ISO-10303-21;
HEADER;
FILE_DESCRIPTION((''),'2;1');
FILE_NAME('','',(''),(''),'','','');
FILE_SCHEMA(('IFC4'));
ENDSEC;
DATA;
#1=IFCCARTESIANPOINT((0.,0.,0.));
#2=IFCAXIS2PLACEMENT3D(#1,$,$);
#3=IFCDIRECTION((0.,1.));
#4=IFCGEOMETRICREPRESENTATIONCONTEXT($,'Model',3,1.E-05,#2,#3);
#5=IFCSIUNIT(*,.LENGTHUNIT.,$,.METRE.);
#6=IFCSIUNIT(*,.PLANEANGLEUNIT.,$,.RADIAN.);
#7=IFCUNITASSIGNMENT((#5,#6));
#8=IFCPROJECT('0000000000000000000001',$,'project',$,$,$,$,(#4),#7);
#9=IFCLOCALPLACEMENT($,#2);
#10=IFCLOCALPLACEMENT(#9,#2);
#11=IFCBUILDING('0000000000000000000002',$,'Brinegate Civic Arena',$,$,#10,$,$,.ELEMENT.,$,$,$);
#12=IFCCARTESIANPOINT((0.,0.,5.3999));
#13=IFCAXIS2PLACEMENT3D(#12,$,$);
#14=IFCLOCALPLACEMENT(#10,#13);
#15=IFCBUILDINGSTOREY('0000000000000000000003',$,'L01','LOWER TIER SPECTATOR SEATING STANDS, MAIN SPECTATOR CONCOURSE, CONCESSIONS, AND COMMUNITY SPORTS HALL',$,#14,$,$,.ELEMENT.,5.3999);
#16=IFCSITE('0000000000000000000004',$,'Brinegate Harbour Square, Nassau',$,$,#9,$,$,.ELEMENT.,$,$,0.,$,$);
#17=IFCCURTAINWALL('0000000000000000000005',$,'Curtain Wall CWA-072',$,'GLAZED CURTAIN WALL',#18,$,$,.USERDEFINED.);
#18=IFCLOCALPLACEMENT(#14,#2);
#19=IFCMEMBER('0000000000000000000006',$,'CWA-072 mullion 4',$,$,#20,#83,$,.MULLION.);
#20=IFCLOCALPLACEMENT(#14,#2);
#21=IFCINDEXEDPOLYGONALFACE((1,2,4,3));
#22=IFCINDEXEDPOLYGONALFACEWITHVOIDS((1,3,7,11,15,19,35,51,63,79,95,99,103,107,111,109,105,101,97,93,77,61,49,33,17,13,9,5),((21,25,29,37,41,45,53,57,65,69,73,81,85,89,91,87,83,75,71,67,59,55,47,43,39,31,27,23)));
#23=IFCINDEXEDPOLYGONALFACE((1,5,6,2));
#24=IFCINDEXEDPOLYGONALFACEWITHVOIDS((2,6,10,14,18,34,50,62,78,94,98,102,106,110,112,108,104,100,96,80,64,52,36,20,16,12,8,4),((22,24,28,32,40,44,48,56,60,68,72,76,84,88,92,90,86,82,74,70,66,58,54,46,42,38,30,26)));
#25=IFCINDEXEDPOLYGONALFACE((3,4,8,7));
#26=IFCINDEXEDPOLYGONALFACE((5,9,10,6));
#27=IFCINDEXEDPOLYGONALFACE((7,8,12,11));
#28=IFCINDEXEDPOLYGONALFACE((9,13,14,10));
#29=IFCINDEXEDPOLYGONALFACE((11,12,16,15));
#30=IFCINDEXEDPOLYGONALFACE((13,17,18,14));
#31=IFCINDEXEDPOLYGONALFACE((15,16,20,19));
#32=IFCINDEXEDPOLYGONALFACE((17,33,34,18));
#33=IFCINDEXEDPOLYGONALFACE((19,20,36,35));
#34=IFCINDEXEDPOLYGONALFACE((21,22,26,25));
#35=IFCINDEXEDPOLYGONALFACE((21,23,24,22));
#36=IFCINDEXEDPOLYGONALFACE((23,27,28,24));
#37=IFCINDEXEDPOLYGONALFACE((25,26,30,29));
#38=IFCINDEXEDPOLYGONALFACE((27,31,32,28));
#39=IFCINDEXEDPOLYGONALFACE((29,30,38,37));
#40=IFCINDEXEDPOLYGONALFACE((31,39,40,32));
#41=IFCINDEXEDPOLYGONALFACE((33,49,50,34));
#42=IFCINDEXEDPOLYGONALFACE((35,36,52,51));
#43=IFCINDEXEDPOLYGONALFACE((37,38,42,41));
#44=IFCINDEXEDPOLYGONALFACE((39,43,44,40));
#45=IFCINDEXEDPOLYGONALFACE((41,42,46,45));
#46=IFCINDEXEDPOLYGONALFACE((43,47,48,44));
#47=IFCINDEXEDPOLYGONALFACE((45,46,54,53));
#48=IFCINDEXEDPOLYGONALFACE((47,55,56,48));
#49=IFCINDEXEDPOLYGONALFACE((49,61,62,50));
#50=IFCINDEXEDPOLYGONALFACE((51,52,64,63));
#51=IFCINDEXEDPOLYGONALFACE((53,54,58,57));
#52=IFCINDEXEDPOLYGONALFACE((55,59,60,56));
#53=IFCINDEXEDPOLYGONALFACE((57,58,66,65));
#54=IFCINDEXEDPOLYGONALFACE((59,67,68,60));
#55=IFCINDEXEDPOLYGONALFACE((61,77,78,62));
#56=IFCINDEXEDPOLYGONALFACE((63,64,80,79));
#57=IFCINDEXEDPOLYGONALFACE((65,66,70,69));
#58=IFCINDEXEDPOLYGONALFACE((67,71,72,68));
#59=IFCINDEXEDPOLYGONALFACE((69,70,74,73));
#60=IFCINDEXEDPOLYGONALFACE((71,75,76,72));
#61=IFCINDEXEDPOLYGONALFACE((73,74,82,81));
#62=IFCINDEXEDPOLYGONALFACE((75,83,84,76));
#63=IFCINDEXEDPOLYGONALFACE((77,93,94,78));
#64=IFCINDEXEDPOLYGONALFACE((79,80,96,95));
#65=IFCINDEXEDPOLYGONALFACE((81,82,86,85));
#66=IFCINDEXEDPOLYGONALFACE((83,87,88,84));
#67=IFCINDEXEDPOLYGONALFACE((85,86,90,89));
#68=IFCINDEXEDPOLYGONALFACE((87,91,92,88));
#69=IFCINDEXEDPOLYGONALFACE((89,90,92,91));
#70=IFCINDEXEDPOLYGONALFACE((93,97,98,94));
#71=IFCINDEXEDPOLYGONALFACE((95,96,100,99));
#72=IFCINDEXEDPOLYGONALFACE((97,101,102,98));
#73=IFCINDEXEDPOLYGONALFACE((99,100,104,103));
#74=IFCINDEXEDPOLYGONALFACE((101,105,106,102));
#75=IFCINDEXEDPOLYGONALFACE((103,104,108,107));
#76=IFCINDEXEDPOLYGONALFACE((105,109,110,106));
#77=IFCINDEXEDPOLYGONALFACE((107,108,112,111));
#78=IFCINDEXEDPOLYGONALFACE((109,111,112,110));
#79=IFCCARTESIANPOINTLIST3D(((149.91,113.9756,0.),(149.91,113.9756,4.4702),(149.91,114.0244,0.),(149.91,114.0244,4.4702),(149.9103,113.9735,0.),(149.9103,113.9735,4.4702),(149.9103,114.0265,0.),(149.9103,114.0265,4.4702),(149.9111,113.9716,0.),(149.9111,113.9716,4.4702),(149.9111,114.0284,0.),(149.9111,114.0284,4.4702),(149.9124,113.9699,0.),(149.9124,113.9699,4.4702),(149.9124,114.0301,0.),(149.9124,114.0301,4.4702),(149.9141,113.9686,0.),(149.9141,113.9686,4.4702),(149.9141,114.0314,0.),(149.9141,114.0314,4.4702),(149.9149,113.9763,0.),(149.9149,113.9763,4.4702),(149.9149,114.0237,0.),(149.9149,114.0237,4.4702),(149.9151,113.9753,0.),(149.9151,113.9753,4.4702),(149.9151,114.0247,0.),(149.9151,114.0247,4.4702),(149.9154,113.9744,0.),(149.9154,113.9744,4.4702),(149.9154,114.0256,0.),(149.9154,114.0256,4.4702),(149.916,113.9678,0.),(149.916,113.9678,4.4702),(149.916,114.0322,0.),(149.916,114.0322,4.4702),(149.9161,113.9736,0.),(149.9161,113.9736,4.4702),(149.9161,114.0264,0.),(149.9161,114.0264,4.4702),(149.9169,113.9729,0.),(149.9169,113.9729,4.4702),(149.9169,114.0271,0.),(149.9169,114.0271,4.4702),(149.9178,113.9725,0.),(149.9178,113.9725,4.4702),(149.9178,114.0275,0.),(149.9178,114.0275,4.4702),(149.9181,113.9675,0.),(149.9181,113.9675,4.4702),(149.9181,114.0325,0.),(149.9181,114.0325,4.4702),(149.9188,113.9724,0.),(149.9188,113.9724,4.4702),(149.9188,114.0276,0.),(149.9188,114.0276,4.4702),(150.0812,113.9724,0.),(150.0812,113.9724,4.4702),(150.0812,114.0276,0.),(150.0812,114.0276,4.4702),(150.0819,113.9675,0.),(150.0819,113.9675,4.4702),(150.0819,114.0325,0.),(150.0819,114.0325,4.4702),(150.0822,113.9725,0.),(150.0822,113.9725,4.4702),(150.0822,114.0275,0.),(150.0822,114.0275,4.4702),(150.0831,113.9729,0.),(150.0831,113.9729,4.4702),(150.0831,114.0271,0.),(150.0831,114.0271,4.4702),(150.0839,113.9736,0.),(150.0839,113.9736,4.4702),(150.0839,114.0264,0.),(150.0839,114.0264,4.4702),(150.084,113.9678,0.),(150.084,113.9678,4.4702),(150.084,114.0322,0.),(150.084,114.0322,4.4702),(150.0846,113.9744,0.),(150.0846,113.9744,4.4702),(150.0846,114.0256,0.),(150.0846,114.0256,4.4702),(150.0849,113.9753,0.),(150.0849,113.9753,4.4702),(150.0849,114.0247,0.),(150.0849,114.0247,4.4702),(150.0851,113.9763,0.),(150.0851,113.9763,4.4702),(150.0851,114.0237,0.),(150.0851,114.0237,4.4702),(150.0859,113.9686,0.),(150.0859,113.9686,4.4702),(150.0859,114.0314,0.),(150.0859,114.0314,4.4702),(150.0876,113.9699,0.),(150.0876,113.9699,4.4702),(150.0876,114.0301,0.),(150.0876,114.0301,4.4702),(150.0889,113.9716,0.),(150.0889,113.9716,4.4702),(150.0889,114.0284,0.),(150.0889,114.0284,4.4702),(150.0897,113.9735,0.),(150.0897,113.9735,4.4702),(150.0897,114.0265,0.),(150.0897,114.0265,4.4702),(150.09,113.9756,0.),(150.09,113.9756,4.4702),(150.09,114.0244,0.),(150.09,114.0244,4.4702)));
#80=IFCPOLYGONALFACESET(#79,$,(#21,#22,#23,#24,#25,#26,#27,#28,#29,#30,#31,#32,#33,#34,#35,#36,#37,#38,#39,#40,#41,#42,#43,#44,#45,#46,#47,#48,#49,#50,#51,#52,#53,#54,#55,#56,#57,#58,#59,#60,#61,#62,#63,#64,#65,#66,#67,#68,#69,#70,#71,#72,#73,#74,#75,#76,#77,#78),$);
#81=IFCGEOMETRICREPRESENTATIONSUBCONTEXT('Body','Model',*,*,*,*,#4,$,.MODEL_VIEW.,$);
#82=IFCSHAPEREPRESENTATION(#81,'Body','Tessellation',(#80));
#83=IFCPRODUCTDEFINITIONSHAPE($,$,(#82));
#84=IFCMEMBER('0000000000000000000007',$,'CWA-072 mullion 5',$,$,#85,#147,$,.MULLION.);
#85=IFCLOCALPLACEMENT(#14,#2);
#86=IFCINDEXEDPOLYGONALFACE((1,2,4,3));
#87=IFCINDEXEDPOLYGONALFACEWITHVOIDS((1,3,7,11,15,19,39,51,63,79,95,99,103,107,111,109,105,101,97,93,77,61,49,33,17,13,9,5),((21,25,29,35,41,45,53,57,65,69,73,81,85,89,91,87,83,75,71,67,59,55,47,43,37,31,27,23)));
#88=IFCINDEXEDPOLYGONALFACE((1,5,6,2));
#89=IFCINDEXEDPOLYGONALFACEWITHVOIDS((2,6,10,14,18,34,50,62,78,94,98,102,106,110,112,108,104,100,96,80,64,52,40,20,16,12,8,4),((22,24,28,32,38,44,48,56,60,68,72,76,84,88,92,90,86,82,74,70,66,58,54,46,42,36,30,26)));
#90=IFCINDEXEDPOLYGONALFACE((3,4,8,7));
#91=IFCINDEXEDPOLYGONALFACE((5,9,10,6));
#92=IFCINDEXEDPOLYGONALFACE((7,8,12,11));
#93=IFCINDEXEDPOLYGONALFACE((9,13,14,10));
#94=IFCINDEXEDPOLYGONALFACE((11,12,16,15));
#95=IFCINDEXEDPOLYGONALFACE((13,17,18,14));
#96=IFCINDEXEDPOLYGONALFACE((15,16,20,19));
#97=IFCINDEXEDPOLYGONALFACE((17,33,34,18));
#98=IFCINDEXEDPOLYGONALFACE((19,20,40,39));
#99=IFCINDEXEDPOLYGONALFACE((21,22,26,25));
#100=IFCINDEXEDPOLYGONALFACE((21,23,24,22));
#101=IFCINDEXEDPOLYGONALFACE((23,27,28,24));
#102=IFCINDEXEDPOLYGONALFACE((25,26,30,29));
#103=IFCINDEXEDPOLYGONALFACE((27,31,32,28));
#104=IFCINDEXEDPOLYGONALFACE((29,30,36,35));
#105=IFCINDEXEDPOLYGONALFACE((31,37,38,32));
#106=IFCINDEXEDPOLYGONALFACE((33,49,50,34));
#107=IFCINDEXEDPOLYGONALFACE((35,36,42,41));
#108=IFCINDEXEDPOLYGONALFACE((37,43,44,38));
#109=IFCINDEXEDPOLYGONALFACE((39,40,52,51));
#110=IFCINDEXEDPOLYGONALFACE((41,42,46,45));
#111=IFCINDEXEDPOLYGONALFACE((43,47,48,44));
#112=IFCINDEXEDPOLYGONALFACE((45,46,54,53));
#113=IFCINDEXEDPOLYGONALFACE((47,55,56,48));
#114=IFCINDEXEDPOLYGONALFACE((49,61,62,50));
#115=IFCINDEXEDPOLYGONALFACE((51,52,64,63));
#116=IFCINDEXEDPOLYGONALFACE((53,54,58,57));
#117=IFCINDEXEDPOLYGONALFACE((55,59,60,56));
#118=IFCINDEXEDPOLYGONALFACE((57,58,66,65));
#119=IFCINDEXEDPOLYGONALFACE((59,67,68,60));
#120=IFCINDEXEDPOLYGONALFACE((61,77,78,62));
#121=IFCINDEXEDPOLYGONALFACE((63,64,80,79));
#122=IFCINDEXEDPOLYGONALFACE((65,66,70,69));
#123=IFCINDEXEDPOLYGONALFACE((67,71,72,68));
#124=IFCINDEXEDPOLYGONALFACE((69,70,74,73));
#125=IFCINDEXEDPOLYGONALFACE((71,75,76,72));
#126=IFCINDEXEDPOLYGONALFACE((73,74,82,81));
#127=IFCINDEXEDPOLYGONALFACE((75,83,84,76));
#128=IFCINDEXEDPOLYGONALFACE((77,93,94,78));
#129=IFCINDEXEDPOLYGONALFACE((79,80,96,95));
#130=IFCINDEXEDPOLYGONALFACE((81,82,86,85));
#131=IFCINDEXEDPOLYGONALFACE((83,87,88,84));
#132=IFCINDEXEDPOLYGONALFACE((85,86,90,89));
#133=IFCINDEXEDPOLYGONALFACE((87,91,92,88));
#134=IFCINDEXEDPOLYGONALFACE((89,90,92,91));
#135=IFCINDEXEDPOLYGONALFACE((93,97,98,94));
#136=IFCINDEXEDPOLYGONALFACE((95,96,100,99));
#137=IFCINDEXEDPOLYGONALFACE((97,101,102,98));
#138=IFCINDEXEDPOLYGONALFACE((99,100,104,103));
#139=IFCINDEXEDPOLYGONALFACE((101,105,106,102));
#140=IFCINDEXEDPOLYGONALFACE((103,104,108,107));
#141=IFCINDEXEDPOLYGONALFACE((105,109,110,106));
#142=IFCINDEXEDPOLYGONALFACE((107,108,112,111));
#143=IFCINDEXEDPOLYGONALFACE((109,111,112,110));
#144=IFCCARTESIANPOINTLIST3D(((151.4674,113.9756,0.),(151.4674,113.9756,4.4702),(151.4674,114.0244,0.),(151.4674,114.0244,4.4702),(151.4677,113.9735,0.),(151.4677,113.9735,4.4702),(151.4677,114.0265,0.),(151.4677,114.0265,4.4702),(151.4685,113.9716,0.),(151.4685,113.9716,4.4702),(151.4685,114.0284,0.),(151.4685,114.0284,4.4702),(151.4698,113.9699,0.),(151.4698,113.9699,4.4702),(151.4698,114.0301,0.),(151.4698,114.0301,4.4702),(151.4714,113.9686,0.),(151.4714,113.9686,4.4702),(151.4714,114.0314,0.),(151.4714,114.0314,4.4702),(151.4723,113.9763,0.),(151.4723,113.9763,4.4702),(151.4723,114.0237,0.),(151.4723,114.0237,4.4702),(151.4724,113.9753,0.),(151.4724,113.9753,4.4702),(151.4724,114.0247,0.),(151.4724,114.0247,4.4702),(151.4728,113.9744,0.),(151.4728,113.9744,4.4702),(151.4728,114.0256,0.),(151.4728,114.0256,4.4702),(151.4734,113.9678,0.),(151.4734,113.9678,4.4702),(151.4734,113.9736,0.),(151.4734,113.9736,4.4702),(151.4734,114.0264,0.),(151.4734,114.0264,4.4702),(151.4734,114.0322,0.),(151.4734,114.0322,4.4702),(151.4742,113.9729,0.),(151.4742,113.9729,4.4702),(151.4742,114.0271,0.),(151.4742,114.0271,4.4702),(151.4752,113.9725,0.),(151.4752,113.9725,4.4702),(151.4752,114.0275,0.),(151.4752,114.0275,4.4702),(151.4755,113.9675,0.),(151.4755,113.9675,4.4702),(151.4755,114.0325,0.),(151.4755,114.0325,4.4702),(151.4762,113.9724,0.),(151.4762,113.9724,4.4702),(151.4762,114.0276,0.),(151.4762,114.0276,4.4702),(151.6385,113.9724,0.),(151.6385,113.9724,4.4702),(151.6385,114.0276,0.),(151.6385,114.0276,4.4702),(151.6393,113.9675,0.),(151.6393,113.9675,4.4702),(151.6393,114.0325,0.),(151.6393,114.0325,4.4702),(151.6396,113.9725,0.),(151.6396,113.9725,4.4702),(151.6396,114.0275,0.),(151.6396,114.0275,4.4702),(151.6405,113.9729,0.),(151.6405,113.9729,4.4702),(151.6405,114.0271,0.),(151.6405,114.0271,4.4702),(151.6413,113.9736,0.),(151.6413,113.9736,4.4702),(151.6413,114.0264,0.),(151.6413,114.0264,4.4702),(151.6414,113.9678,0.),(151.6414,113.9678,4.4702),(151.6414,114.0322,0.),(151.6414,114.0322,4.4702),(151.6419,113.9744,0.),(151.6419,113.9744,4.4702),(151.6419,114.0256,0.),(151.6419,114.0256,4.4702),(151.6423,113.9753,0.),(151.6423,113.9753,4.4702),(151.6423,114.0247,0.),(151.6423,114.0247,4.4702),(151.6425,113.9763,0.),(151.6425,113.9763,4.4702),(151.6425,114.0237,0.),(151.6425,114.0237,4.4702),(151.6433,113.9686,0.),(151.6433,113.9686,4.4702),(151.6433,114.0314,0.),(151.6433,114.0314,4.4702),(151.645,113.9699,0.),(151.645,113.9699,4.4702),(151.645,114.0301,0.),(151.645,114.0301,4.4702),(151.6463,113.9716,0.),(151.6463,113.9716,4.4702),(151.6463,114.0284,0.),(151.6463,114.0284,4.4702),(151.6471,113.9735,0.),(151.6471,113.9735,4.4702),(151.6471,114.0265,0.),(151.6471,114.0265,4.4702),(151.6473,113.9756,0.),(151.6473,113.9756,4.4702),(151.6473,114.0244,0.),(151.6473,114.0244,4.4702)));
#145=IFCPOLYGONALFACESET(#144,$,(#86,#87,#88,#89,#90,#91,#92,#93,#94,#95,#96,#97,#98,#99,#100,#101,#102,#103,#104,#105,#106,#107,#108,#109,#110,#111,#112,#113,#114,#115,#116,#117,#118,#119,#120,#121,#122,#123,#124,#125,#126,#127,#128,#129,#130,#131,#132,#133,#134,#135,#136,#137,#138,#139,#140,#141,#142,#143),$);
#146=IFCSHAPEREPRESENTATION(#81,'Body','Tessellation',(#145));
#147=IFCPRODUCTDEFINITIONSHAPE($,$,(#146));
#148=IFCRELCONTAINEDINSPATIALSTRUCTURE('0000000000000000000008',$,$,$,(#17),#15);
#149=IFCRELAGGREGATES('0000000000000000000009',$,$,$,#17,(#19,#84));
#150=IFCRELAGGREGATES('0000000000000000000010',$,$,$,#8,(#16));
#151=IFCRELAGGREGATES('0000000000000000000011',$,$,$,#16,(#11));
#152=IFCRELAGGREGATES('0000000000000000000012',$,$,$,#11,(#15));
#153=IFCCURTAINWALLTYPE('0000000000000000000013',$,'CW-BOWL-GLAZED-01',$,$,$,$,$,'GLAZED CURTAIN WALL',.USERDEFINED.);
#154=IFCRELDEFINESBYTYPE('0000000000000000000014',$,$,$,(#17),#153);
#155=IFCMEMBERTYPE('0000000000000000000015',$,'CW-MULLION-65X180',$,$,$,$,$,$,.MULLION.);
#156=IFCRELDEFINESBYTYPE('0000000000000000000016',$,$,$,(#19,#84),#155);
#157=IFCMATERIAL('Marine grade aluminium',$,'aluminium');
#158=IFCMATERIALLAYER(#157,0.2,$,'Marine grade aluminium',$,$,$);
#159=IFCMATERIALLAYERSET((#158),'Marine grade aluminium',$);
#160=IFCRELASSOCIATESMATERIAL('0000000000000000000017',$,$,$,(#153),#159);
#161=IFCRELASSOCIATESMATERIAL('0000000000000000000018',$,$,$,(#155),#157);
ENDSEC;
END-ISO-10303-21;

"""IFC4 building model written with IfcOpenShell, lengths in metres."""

from ifc_helpers import new_model, si_unit, direction, frame, origin, origin_2d, place, context, subcontext, project, spatial, hollow_rectangle, extrude, material, layer, layer_set, material_profile, profile_set, type_object, element, aggregate, save


model = new_model("IFC4")

# Units and contexts
model_context = context("Model", 3, precision=1e-05, world=origin(), true_north=direction((0.0, 1.0)))
body_context = subcontext(model_context, "Body", "Model", "MODEL_VIEW")
ifc_project = project(units=[si_unit("LENGTHUNIT", "METRE"), si_unit("PLANEANGLEUNIT", "RADIAN")], contexts=[model_context])

# Site, building, storey
site_placement = place(None, origin())
site = spatial("IfcSite", under=ifc_project, at=site_placement, Name="Brinegate Harbour Square, Nassau", CompositionType="ELEMENT", RefElevation=0.0)
building_placement = place(site_placement, origin())
building = spatial("IfcBuilding", under=site, at=building_placement, Name="Brinegate Civic Arena", CompositionType="ELEMENT")
storey_placement = place(building_placement, frame((0.0, 0.0, 5.3999)))
storey = spatial("IfcBuildingStorey", under=building, at=storey_placement, Name="L01", Description="LOWER TIER SPECTATOR SEATING STANDS, MAIN SPECTATOR CONCOURSE, CONCESSIONS, AND COMMUNITY SPORTS HALL", CompositionType="ELEMENT", Elevation=5.3999)

# Curtain wall, members
ifc_material_1 = material(Name="Marine grade aluminium", Category="aluminium")
ifc_layer_1 = layer(ifc_material_1, 0.2, Name="Marine grade aluminium")
ifc_layer_set_1 = layer_set([ifc_layer_1], Name="Marine grade aluminium")
curtain_wall_type = type_object("IfcCurtainWallType", Name="CW-BOWL-GLAZED-01", ElementType="GLAZED CURTAIN WALL", PredefinedType="USERDEFINED", material=ifc_layer_set_1)
curtain_wall_placement = place(storey_placement, origin())
curtain_wall = element("IfcCurtainWall", 1, at=curtain_wall_placement, inside=storey, type_object=curtain_wall_type, Name="Curtain Wall CWA-072", ObjectType="GLAZED CURTAIN WALL", PredefinedType="USERDEFINED")
ifc_material_profile_1 = material_profile(ifc_material_1, hollow_rectangle(XDim=0.0649, YDim=0.1799, WallThickness=0.0049, InnerFilletRadius=0.0039, OuterFilletRadius=0.0081, at=origin_2d()), Name="MUL65X180")
ifc_profile_set_1 = profile_set([ifc_material_profile_1], Name="Marine grade aluminium")
member_type_1 = type_object("IfcMemberType", Name="CW-MULLION-65X180", PredefinedType="MULLION", material=ifc_profile_set_1)
member_1_placement = place(storey_placement, frame((150.0, 114.0, 0.0), z_axis=(0.0, 0.0, 1.0), x_axis=(0.0, 1.0, 0.0)))
member_1 = element("IfcMember", 2, at=member_1_placement, type_object=member_type_1, Name="CWA-072 mullion 4", PredefinedType="MULLION", context=body_context, shape_type="SweptSolid", body=[
    extrude(hollow_rectangle(XDim=0.0649, YDim=0.1799, WallThickness=0.0049, InnerFilletRadius=0.0039, OuterFilletRadius=0.0081, at=origin_2d()), origin(), (0.0, 0.0, 1.0), 4.4702),
])
member_2_placement = place(storey_placement, frame((151.5574, 114.0, 0.0), z_axis=(0.0, 0.0, 1.0), x_axis=(0.0, 1.0, 0.0)))
member_2 = element("IfcMember", 3, at=member_2_placement, type_object=member_type_1, Name="CWA-072 mullion 5", PredefinedType="MULLION", context=body_context, shape_type="SweptSolid", body=[
    extrude(hollow_rectangle(XDim=0.0649, YDim=0.1799, WallThickness=0.0049, InnerFilletRadius=0.0039, OuterFilletRadius=0.0081, at=origin_2d()), origin(), (0.0, 0.0, 1.0), 4.4702),
])
aggregate(curtain_wall, [member_1, member_2])

save(model, "model.ifc")
